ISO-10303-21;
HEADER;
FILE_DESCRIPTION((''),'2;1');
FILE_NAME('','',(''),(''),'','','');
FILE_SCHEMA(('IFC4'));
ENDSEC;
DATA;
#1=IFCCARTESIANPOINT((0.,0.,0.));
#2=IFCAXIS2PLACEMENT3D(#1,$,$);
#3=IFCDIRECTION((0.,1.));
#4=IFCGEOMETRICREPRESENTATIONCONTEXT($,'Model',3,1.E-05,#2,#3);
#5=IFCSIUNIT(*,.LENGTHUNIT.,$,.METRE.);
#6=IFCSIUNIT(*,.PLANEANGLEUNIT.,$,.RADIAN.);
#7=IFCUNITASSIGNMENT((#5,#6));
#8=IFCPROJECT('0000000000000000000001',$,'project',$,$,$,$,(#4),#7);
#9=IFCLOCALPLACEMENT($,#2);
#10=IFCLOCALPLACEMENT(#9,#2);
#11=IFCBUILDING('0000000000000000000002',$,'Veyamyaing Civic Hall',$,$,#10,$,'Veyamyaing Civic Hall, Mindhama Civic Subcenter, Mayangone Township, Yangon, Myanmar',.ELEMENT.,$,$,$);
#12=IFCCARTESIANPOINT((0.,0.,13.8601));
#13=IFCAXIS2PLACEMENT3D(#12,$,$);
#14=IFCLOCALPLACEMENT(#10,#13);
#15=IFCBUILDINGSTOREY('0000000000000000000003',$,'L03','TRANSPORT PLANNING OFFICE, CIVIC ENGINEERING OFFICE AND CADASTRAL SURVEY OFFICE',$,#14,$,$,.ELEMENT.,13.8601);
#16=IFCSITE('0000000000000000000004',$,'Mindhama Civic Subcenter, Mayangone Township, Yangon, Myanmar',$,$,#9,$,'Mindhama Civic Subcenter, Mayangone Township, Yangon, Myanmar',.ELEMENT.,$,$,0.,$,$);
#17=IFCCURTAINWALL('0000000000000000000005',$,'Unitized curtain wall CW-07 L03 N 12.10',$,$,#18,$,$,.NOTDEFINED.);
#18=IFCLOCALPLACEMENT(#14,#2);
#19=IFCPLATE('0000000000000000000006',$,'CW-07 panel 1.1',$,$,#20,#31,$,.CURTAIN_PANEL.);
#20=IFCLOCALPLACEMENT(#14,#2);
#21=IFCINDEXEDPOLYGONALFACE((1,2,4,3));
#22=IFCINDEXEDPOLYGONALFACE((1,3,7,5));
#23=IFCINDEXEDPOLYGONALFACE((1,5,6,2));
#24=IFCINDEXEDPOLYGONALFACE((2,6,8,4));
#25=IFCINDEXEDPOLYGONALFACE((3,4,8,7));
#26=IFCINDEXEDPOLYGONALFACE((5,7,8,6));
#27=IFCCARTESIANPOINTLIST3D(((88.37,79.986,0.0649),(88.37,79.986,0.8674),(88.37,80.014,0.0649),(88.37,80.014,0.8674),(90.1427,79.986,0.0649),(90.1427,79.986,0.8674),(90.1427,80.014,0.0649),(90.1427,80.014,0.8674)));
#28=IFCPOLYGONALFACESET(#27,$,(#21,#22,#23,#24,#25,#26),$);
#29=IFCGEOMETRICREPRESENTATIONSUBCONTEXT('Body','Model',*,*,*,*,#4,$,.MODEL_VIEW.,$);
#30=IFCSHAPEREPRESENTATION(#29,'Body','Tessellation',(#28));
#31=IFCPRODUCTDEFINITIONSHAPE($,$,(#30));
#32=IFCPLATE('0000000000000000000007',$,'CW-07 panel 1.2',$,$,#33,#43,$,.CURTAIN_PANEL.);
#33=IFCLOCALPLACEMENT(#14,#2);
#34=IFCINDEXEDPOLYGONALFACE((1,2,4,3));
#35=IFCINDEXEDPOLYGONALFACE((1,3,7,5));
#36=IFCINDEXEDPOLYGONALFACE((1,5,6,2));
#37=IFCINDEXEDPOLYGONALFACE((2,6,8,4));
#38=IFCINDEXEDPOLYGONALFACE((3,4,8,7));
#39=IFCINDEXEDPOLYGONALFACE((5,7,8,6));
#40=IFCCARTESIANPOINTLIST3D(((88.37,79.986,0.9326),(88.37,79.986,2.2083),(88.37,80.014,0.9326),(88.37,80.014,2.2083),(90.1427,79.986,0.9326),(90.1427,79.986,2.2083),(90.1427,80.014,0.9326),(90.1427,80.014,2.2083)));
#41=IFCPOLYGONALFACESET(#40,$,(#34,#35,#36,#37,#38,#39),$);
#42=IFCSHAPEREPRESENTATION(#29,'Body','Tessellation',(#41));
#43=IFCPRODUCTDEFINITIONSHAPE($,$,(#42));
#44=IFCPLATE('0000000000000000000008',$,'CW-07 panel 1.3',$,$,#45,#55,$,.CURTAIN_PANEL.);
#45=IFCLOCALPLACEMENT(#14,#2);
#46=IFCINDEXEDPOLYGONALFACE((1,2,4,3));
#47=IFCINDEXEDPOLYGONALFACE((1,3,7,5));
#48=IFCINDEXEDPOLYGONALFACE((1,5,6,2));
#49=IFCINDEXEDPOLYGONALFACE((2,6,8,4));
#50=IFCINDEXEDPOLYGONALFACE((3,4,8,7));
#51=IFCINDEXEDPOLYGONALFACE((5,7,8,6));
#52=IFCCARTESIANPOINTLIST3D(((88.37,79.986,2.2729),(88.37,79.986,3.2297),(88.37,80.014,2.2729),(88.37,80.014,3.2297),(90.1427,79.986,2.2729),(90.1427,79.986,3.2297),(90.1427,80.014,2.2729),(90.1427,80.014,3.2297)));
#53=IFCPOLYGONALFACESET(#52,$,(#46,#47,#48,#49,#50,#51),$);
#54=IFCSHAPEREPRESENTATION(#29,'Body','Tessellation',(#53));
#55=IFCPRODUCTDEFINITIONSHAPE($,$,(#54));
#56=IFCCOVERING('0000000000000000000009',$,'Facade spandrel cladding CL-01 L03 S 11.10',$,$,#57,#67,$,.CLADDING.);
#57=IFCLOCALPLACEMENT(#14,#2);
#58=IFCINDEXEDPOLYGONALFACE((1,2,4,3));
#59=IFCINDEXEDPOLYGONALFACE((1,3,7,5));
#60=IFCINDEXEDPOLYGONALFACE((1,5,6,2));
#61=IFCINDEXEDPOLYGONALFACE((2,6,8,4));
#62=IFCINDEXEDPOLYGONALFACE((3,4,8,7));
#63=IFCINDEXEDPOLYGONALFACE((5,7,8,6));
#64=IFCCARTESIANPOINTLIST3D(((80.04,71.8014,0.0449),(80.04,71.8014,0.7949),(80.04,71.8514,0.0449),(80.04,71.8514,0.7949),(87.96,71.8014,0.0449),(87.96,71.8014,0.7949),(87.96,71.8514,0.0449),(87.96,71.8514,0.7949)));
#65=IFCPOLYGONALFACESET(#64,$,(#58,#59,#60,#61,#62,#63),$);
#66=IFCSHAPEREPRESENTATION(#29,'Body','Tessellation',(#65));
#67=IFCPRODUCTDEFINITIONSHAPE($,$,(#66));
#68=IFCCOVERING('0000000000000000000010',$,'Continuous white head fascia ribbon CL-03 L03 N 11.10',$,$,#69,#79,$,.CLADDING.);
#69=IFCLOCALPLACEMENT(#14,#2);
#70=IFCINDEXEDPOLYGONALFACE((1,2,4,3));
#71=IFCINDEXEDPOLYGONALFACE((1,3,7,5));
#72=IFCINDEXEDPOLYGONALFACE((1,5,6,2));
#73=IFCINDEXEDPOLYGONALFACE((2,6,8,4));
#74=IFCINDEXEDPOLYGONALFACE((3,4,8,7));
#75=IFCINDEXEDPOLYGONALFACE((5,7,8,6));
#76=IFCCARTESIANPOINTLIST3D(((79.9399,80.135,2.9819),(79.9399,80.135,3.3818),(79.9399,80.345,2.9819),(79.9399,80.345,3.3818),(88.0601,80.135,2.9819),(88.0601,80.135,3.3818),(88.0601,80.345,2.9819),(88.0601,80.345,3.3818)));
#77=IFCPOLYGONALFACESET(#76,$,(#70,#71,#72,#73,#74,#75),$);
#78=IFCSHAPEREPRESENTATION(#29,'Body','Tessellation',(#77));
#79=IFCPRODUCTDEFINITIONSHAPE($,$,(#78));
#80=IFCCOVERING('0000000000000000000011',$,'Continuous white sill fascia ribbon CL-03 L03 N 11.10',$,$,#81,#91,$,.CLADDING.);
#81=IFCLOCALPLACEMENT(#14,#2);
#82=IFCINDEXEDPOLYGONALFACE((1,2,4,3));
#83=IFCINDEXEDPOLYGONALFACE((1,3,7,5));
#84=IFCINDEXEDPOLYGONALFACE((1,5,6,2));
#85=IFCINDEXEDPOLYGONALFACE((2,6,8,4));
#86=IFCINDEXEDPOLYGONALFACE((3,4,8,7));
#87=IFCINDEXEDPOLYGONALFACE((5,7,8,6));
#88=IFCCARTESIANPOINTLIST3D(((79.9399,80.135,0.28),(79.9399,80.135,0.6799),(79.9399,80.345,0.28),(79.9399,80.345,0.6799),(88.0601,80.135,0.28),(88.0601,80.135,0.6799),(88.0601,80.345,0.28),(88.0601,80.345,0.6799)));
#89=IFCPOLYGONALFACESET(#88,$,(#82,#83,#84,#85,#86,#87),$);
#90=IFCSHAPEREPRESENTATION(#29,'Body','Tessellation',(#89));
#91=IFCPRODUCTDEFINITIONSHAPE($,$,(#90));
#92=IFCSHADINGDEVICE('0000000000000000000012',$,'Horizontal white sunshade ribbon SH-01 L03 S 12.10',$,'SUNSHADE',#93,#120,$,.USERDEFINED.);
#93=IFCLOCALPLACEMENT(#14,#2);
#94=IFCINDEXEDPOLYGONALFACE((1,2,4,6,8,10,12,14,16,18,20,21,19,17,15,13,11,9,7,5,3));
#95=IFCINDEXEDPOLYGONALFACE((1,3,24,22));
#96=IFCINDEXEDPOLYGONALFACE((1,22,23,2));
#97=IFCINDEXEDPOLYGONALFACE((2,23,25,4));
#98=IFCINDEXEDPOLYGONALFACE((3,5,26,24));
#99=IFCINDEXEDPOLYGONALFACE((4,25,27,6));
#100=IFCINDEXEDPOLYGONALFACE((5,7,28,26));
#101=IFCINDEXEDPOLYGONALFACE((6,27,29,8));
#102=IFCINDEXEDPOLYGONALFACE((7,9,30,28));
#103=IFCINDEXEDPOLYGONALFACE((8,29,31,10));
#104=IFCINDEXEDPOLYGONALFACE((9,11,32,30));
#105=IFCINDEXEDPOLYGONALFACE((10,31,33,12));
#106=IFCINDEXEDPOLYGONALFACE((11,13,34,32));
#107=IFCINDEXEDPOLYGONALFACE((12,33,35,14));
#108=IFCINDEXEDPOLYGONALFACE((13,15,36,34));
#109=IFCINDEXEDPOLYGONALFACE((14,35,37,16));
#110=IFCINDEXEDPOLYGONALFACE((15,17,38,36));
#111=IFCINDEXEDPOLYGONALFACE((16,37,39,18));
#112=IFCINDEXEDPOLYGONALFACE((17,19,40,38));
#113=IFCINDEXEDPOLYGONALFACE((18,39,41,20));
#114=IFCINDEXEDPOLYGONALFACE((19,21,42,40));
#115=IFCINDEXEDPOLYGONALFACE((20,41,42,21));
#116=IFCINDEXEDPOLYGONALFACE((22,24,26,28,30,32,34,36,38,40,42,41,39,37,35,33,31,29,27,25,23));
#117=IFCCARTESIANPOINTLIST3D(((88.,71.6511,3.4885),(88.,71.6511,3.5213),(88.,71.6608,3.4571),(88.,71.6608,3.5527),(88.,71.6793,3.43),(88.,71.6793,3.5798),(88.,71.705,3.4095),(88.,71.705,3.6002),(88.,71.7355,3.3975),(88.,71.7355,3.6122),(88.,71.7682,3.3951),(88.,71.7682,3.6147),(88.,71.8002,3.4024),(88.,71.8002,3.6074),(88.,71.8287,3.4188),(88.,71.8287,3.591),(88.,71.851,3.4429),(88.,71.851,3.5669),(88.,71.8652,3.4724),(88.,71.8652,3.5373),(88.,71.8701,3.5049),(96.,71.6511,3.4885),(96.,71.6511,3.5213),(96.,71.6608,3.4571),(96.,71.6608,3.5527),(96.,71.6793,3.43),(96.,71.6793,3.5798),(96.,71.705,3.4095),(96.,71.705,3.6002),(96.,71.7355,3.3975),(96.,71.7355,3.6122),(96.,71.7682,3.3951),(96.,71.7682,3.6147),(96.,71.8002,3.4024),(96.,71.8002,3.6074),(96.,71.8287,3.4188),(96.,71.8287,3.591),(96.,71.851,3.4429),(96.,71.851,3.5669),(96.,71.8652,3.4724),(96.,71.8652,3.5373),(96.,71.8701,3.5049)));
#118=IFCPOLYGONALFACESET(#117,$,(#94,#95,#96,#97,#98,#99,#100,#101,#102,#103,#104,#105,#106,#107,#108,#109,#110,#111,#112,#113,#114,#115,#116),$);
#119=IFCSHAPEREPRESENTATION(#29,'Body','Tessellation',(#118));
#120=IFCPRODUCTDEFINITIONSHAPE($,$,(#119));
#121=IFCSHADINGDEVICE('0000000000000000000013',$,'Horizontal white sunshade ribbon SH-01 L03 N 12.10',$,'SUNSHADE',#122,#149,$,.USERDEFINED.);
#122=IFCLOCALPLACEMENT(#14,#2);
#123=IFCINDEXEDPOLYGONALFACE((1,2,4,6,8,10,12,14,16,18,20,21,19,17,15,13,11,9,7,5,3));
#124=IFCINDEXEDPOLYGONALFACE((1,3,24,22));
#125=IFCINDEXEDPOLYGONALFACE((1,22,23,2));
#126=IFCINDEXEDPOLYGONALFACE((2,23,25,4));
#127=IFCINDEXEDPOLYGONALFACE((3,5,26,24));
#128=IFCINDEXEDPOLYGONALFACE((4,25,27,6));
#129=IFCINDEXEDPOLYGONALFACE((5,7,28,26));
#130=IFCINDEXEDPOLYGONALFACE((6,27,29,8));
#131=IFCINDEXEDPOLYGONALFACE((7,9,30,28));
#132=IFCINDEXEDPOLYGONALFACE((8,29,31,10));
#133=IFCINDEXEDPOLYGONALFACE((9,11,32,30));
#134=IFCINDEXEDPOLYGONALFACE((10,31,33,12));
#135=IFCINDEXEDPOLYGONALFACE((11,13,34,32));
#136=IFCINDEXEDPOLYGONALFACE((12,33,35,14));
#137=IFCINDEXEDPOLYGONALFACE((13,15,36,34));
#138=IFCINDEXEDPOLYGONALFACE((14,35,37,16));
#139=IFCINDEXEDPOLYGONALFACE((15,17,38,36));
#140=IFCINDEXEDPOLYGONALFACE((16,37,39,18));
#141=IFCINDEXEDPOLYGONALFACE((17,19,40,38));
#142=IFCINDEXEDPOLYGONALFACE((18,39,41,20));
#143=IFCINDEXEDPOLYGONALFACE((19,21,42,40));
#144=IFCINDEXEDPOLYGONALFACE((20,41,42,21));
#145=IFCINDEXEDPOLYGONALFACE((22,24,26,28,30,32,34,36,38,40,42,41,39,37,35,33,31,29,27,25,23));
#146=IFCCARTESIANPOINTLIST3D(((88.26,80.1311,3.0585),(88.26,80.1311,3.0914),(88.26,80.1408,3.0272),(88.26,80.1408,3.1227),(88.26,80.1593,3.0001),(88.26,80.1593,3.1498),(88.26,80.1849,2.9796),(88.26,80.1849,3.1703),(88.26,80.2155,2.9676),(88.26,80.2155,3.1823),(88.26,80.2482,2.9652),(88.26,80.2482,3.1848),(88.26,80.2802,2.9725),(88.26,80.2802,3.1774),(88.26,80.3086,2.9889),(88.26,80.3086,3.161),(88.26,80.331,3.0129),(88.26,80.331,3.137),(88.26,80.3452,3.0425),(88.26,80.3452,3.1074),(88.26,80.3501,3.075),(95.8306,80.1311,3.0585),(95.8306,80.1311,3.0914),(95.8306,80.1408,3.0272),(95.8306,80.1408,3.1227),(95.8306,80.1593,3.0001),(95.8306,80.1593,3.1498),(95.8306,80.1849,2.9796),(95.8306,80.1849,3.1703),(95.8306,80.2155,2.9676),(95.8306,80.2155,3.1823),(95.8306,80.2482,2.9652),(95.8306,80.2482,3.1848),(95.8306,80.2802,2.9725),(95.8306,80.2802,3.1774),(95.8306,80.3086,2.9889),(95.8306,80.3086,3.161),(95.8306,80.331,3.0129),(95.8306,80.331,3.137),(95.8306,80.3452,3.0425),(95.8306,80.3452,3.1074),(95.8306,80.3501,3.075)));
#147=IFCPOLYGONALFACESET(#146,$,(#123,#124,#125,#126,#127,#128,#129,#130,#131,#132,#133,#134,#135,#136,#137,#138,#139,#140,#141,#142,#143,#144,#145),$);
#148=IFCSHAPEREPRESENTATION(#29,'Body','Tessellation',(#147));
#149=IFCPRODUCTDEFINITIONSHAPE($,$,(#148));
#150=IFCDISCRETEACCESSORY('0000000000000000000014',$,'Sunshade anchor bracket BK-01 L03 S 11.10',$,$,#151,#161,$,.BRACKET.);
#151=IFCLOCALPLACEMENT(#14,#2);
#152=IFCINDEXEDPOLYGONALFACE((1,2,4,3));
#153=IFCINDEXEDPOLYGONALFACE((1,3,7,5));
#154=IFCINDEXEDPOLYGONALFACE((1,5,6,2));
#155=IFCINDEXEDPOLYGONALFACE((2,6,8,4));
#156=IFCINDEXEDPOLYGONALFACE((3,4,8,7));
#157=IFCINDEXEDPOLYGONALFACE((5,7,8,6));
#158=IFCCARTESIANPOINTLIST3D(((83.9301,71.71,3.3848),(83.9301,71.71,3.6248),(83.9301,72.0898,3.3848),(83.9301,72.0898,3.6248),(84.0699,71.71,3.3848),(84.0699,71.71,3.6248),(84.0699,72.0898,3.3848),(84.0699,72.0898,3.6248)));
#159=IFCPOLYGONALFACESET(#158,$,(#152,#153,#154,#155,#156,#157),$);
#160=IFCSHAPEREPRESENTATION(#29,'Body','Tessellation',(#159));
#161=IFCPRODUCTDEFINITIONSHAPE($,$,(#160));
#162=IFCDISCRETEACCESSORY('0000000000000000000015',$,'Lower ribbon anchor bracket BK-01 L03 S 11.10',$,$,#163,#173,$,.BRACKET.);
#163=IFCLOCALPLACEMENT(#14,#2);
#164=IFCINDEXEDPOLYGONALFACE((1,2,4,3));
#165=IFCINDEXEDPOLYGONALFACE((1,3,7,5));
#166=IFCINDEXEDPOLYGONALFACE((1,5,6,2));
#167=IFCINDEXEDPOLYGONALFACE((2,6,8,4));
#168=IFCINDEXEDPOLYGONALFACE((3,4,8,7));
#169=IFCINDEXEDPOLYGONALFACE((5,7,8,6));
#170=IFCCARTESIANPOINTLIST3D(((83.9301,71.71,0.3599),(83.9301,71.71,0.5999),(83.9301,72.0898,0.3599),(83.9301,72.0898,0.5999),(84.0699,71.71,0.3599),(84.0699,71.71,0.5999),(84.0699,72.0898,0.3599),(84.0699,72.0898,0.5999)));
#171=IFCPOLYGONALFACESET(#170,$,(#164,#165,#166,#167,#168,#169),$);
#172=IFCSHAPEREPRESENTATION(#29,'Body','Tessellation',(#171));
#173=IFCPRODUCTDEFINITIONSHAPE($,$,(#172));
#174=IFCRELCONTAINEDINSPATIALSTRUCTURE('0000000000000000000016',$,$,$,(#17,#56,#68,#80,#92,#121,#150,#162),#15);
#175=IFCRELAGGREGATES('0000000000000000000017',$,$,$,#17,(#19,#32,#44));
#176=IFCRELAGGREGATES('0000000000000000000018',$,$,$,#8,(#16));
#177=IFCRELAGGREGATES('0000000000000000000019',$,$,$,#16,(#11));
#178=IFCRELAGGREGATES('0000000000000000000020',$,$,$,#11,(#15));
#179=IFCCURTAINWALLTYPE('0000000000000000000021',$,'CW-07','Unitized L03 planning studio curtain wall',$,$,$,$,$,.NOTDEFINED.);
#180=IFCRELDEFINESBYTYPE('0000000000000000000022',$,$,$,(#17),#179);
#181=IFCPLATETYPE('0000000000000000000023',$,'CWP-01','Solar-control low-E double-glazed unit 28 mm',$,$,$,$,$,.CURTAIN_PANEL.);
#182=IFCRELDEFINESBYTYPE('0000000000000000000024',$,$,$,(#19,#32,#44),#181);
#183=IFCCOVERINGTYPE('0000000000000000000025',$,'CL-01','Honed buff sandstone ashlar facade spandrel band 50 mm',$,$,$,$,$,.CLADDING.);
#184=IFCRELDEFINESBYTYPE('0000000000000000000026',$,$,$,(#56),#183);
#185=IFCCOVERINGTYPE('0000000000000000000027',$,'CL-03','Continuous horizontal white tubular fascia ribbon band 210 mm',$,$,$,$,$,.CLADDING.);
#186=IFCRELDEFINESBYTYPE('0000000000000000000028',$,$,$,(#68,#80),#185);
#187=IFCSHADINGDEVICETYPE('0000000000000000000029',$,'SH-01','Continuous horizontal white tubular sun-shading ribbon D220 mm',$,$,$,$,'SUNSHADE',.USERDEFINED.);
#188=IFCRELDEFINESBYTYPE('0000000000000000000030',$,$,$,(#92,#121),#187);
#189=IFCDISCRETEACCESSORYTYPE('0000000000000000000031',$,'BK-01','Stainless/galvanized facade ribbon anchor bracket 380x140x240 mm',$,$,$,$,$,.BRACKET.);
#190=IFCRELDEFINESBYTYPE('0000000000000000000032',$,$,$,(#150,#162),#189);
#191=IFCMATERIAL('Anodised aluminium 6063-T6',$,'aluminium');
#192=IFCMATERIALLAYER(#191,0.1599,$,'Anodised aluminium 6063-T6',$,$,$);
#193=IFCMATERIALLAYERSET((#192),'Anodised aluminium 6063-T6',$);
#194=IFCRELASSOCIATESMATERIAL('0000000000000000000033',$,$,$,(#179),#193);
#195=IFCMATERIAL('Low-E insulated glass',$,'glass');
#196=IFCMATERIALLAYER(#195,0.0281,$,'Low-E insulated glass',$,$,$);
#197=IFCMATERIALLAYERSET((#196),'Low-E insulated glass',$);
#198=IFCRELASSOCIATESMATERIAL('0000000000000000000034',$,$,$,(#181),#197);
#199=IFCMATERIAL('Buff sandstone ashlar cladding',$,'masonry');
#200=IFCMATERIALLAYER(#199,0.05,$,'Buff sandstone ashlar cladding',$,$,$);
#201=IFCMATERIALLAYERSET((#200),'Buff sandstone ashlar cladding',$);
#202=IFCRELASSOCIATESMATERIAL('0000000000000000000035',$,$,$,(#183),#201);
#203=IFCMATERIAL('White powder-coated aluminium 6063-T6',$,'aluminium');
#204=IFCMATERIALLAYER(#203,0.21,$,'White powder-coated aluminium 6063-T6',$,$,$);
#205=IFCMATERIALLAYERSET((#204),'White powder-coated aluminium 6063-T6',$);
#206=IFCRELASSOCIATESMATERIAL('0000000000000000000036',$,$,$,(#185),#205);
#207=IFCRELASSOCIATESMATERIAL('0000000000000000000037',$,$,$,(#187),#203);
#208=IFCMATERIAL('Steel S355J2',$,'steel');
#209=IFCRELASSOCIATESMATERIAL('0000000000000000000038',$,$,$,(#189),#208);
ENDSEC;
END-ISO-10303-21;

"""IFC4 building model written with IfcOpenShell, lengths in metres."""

from ifc_helpers import new_model, si_unit, direction, frame, origin, origin_2d, place, context, subcontext, project, spatial, rectangle, circle, extrude, material, layer, layer_set, material_profile, profile_set, type_object, element, aggregate, save


model = new_model("IFC4")

# Units and contexts
model_context = context("Model", 3, precision=1e-05, world=origin(), true_north=direction((0.0, 1.0)))
body_context = subcontext(model_context, "Body", "Model", "MODEL_VIEW")
ifc_project = project(units=[si_unit("LENGTHUNIT", "METRE"), si_unit("PLANEANGLEUNIT", "RADIAN")], contexts=[model_context])

# Site, building, storey
site_placement = place(None, origin())
site = spatial("IfcSite", under=ifc_project, at=site_placement, Name="Mindhama Civic Subcenter, Mayangone Township, Yangon, Myanmar", LongName="Mindhama Civic Subcenter, Mayangone Township, Yangon, Myanmar", CompositionType="ELEMENT", RefElevation=0.0)
building_placement = place(site_placement, origin())
building = spatial("IfcBuilding", under=site, at=building_placement, Name="Veyamyaing Civic Hall", LongName="Veyamyaing Civic Hall, Mindhama Civic Subcenter, Mayangone Township, Yangon, Myanmar", CompositionType="ELEMENT")
storey_placement = place(building_placement, frame((0.0, 0.0, 13.8601)))
storey = spatial("IfcBuildingStorey", under=building, at=storey_placement, Name="L03", Description="TRANSPORT PLANNING OFFICE, CIVIC ENGINEERING OFFICE AND CADASTRAL SURVEY OFFICE", CompositionType="ELEMENT", Elevation=13.8601)

# Curtain wall
ifc_material_1 = material(Name="Anodised aluminium 6063-T6", Category="aluminium")
ifc_layer_1 = layer(ifc_material_1, 0.1599, Name="Anodised aluminium 6063-T6")
ifc_layer_set_1 = layer_set([ifc_layer_1], Name="Anodised aluminium 6063-T6")
curtain_wall_type = type_object("IfcCurtainWallType", Name="CW-07", Description="Unitized L03 planning studio curtain wall", PredefinedType="NOTDEFINED", material=ifc_layer_set_1)
curtain_wall_1_placement = place(storey_placement, origin())
curtain_wall_1 = element("IfcCurtainWall", 1, at=curtain_wall_1_placement, inside=storey, type_object=curtain_wall_type, Name="Unitized curtain wall CW-07 L03 N 12.10", PredefinedType="NOTDEFINED")

# Plates
ifc_material_2 = material(Name="Low-E insulated glass", Category="glass")
ifc_layer_2 = layer(ifc_material_2, 0.0281, Name="Low-E insulated glass")
ifc_layer_set_2 = layer_set([ifc_layer_2], Name="Low-E insulated glass")
plate_type = type_object("IfcPlateType", Name="CWP-01", Description="Solar-control low-E double-glazed unit 28 mm", PredefinedType="CURTAIN_PANEL", material=ifc_layer_set_2)
plate_1_placement = place(storey_placement, frame((89.2563, 80.0, 0.0649), z_axis=(0.0, 0.0, 1.0), x_axis=(1.0, 0.0, 0.0)))
plate_1 = element("IfcPlate", 2, at=plate_1_placement, type_object=plate_type, Name="CW-07 panel 1.1", PredefinedType="CURTAIN_PANEL", context=body_context, shape_type="SweptSolid", body=[
    extrude(rectangle(XDim=1.7727, YDim=0.0281, at=origin_2d()), origin(), (0.0, 0.0, 1.0), 0.8025),
])
plate_2_placement = place(storey_placement, frame((89.2563, 80.0, 0.9326), z_axis=(0.0, 0.0, 1.0), x_axis=(1.0, 0.0, 0.0)))
plate_2 = element("IfcPlate", 3, at=plate_2_placement, type_object=plate_type, Name="CW-07 panel 1.2", PredefinedType="CURTAIN_PANEL", context=body_context, shape_type="SweptSolid", body=[
    extrude(rectangle(XDim=1.7727, YDim=0.0281, at=origin_2d()), origin(), (0.0, 0.0, 1.0), 1.2756),
])
plate_3_placement = place(storey_placement, frame((89.2563, 80.0, 2.2729), z_axis=(0.0, 0.0, 1.0), x_axis=(1.0, 0.0, 0.0)))
plate_3 = element("IfcPlate", 4, at=plate_3_placement, type_object=plate_type, Name="CW-07 panel 1.3", PredefinedType="CURTAIN_PANEL", context=body_context, shape_type="SweptSolid", body=[
    extrude(rectangle(XDim=1.7727, YDim=0.0281, at=origin_2d()), origin(), (0.0, 0.0, 1.0), 0.9568),
])
aggregate(curtain_wall_1, [plate_1, plate_2, plate_3])

# Coverings
ifc_material_3 = material(Name="Buff sandstone ashlar cladding", Category="masonry")
ifc_layer_3 = layer(ifc_material_3, 0.05, Name="Buff sandstone ashlar cladding")
ifc_layer_set_3 = layer_set([ifc_layer_3], Name="Buff sandstone ashlar cladding")
covering_type_1 = type_object("IfcCoveringType", Name="CL-01", Description="Honed buff sandstone ashlar facade spandrel band 50 mm", PredefinedType="CLADDING", material=ifc_layer_set_3)
covering_placement = place(storey_placement, frame((84.0, 71.8264, 0.0449), z_axis=(0.0, 0.0, 1.0), x_axis=(1.0, 0.0, 0.0)))
element("IfcCovering", 5, at=covering_placement, inside=storey, type_object=covering_type_1, Name="Facade spandrel cladding CL-01 L03 S 11.10", PredefinedType="CLADDING", context=body_context, shape_type="SweptSolid", body=[
    extrude(rectangle(XDim=7.9199, YDim=0.05, at=origin_2d()), origin(), (0.0, 0.0, 1.0), 0.75),
])
ifc_material_4 = material(Name="White powder-coated aluminium 6063-T6", Category="aluminium")
ifc_layer_4 = layer(ifc_material_4, 0.21, Name="White powder-coated aluminium 6063-T6")
ifc_layer_set_4 = layer_set([ifc_layer_4], Name="White powder-coated aluminium 6063-T6")
covering_type_2 = type_object("IfcCoveringType", Name="CL-03", Description="Continuous horizontal white tubular fascia ribbon band 210 mm", PredefinedType="CLADDING", material=ifc_layer_set_4)
for number, where, z_axis, x_axis, name in (
    (6, (84.0, 80.24, 2.9819), (0.0, 0.0, 1.0), (1.0, 0.0, 0.0), "Continuous white head fascia ribbon CL-03 L03 N 11.10"),
    (7, (84.0, 80.24, 0.28), (0.0, 0.0, 1.0), (1.0, 0.0, 0.0), "Continuous white sill fascia ribbon CL-03 L03 N 11.10"),
):
    element("IfcCovering", number, at=place(storey_placement, frame(where, z_axis=z_axis, x_axis=x_axis)), inside=storey, type_object=covering_type_2, Name=name, PredefinedType="CLADDING", context=body_context, shape_type="SweptSolid", body=[
        extrude(rectangle(XDim=8.1201, YDim=0.21, at=origin_2d()), origin(), (0.0, 0.0, 1.0), 0.3999),
    ])

# Shading devices
ifc_material_profile_1 = material_profile(ifc_material_4, circle(Radius=0.1101, at=origin_2d()), Name="SHADE-TUBE-220")
ifc_profile_set_1 = profile_set([ifc_material_profile_1], Name="White powder-coated aluminium 6063-T6")
shading_device_type = type_object("IfcShadingDeviceType", Name="SH-01", Description="Continuous horizontal white tubular sun-shading ribbon D220 mm", ElementType="SUNSHADE", PredefinedType="USERDEFINED", material=ifc_profile_set_1)
shading_device_1_placement = place(storey_placement, frame((88.0, 71.76, 3.5049), z_axis=(1.0, 0.0, 0.0), x_axis=(0.0, 1.0, 0.0)))
element("IfcShadingDevice", 8, at=shading_device_1_placement, inside=storey, type_object=shading_device_type, Name="Horizontal white sunshade ribbon SH-01 L03 S 12.10", ObjectType="SUNSHADE", PredefinedType="USERDEFINED", context=body_context, shape_type="SweptSolid", body=[
    extrude(circle(Radius=0.1101, at=origin_2d()), origin(), (0.0, 0.0, 1.0), 8.0),
])
shading_device_2_placement = place(storey_placement, frame((88.26, 80.24, 3.075), z_axis=(1.0, 0.0, 0.0), x_axis=(0.0, 1.0, 0.0)))
element("IfcShadingDevice", 9, at=shading_device_2_placement, inside=storey, type_object=shading_device_type, Name="Horizontal white sunshade ribbon SH-01 L03 N 12.10", ObjectType="SUNSHADE", PredefinedType="USERDEFINED", context=body_context, shape_type="SweptSolid", body=[
    extrude(circle(Radius=0.1101, at=origin_2d()), origin(), (0.0, 0.0, 1.0), 7.5706),
])

# Discrete accessories
ifc_material_5 = material(Name="Steel S355J2", Category="steel")
discrete_accessory_type = type_object("IfcDiscreteAccessoryType", Name="BK-01", Description="Stainless/galvanized facade ribbon anchor bracket 380x140x240 mm", PredefinedType="BRACKET", material=ifc_material_5)
for number, where, z_axis, x_axis, name in (
    (10, (84.0, 71.8999, 3.3848), (0.0, 0.0, 1.0), (0.0, -1.0, 0.0), "Sunshade anchor bracket BK-01 L03 S 11.10"),
    (11, (84.0, 71.8999, 0.3599), (0.0, 0.0, 1.0), (0.0, -1.0, 0.0), "Lower ribbon anchor bracket BK-01 L03 S 11.10"),
):
    element("IfcDiscreteAccessory", number, at=place(storey_placement, frame(where, z_axis=z_axis, x_axis=x_axis)), inside=storey, type_object=discrete_accessory_type, Name=name, PredefinedType="BRACKET", context=body_context, shape_type="SweptSolid", body=[
        extrude(rectangle(XDim=0.3799, YDim=0.1399, at=origin_2d()), origin(), (0.0, 0.0, 1.0), 0.24),
    ])

save(model, "model.ifc")
